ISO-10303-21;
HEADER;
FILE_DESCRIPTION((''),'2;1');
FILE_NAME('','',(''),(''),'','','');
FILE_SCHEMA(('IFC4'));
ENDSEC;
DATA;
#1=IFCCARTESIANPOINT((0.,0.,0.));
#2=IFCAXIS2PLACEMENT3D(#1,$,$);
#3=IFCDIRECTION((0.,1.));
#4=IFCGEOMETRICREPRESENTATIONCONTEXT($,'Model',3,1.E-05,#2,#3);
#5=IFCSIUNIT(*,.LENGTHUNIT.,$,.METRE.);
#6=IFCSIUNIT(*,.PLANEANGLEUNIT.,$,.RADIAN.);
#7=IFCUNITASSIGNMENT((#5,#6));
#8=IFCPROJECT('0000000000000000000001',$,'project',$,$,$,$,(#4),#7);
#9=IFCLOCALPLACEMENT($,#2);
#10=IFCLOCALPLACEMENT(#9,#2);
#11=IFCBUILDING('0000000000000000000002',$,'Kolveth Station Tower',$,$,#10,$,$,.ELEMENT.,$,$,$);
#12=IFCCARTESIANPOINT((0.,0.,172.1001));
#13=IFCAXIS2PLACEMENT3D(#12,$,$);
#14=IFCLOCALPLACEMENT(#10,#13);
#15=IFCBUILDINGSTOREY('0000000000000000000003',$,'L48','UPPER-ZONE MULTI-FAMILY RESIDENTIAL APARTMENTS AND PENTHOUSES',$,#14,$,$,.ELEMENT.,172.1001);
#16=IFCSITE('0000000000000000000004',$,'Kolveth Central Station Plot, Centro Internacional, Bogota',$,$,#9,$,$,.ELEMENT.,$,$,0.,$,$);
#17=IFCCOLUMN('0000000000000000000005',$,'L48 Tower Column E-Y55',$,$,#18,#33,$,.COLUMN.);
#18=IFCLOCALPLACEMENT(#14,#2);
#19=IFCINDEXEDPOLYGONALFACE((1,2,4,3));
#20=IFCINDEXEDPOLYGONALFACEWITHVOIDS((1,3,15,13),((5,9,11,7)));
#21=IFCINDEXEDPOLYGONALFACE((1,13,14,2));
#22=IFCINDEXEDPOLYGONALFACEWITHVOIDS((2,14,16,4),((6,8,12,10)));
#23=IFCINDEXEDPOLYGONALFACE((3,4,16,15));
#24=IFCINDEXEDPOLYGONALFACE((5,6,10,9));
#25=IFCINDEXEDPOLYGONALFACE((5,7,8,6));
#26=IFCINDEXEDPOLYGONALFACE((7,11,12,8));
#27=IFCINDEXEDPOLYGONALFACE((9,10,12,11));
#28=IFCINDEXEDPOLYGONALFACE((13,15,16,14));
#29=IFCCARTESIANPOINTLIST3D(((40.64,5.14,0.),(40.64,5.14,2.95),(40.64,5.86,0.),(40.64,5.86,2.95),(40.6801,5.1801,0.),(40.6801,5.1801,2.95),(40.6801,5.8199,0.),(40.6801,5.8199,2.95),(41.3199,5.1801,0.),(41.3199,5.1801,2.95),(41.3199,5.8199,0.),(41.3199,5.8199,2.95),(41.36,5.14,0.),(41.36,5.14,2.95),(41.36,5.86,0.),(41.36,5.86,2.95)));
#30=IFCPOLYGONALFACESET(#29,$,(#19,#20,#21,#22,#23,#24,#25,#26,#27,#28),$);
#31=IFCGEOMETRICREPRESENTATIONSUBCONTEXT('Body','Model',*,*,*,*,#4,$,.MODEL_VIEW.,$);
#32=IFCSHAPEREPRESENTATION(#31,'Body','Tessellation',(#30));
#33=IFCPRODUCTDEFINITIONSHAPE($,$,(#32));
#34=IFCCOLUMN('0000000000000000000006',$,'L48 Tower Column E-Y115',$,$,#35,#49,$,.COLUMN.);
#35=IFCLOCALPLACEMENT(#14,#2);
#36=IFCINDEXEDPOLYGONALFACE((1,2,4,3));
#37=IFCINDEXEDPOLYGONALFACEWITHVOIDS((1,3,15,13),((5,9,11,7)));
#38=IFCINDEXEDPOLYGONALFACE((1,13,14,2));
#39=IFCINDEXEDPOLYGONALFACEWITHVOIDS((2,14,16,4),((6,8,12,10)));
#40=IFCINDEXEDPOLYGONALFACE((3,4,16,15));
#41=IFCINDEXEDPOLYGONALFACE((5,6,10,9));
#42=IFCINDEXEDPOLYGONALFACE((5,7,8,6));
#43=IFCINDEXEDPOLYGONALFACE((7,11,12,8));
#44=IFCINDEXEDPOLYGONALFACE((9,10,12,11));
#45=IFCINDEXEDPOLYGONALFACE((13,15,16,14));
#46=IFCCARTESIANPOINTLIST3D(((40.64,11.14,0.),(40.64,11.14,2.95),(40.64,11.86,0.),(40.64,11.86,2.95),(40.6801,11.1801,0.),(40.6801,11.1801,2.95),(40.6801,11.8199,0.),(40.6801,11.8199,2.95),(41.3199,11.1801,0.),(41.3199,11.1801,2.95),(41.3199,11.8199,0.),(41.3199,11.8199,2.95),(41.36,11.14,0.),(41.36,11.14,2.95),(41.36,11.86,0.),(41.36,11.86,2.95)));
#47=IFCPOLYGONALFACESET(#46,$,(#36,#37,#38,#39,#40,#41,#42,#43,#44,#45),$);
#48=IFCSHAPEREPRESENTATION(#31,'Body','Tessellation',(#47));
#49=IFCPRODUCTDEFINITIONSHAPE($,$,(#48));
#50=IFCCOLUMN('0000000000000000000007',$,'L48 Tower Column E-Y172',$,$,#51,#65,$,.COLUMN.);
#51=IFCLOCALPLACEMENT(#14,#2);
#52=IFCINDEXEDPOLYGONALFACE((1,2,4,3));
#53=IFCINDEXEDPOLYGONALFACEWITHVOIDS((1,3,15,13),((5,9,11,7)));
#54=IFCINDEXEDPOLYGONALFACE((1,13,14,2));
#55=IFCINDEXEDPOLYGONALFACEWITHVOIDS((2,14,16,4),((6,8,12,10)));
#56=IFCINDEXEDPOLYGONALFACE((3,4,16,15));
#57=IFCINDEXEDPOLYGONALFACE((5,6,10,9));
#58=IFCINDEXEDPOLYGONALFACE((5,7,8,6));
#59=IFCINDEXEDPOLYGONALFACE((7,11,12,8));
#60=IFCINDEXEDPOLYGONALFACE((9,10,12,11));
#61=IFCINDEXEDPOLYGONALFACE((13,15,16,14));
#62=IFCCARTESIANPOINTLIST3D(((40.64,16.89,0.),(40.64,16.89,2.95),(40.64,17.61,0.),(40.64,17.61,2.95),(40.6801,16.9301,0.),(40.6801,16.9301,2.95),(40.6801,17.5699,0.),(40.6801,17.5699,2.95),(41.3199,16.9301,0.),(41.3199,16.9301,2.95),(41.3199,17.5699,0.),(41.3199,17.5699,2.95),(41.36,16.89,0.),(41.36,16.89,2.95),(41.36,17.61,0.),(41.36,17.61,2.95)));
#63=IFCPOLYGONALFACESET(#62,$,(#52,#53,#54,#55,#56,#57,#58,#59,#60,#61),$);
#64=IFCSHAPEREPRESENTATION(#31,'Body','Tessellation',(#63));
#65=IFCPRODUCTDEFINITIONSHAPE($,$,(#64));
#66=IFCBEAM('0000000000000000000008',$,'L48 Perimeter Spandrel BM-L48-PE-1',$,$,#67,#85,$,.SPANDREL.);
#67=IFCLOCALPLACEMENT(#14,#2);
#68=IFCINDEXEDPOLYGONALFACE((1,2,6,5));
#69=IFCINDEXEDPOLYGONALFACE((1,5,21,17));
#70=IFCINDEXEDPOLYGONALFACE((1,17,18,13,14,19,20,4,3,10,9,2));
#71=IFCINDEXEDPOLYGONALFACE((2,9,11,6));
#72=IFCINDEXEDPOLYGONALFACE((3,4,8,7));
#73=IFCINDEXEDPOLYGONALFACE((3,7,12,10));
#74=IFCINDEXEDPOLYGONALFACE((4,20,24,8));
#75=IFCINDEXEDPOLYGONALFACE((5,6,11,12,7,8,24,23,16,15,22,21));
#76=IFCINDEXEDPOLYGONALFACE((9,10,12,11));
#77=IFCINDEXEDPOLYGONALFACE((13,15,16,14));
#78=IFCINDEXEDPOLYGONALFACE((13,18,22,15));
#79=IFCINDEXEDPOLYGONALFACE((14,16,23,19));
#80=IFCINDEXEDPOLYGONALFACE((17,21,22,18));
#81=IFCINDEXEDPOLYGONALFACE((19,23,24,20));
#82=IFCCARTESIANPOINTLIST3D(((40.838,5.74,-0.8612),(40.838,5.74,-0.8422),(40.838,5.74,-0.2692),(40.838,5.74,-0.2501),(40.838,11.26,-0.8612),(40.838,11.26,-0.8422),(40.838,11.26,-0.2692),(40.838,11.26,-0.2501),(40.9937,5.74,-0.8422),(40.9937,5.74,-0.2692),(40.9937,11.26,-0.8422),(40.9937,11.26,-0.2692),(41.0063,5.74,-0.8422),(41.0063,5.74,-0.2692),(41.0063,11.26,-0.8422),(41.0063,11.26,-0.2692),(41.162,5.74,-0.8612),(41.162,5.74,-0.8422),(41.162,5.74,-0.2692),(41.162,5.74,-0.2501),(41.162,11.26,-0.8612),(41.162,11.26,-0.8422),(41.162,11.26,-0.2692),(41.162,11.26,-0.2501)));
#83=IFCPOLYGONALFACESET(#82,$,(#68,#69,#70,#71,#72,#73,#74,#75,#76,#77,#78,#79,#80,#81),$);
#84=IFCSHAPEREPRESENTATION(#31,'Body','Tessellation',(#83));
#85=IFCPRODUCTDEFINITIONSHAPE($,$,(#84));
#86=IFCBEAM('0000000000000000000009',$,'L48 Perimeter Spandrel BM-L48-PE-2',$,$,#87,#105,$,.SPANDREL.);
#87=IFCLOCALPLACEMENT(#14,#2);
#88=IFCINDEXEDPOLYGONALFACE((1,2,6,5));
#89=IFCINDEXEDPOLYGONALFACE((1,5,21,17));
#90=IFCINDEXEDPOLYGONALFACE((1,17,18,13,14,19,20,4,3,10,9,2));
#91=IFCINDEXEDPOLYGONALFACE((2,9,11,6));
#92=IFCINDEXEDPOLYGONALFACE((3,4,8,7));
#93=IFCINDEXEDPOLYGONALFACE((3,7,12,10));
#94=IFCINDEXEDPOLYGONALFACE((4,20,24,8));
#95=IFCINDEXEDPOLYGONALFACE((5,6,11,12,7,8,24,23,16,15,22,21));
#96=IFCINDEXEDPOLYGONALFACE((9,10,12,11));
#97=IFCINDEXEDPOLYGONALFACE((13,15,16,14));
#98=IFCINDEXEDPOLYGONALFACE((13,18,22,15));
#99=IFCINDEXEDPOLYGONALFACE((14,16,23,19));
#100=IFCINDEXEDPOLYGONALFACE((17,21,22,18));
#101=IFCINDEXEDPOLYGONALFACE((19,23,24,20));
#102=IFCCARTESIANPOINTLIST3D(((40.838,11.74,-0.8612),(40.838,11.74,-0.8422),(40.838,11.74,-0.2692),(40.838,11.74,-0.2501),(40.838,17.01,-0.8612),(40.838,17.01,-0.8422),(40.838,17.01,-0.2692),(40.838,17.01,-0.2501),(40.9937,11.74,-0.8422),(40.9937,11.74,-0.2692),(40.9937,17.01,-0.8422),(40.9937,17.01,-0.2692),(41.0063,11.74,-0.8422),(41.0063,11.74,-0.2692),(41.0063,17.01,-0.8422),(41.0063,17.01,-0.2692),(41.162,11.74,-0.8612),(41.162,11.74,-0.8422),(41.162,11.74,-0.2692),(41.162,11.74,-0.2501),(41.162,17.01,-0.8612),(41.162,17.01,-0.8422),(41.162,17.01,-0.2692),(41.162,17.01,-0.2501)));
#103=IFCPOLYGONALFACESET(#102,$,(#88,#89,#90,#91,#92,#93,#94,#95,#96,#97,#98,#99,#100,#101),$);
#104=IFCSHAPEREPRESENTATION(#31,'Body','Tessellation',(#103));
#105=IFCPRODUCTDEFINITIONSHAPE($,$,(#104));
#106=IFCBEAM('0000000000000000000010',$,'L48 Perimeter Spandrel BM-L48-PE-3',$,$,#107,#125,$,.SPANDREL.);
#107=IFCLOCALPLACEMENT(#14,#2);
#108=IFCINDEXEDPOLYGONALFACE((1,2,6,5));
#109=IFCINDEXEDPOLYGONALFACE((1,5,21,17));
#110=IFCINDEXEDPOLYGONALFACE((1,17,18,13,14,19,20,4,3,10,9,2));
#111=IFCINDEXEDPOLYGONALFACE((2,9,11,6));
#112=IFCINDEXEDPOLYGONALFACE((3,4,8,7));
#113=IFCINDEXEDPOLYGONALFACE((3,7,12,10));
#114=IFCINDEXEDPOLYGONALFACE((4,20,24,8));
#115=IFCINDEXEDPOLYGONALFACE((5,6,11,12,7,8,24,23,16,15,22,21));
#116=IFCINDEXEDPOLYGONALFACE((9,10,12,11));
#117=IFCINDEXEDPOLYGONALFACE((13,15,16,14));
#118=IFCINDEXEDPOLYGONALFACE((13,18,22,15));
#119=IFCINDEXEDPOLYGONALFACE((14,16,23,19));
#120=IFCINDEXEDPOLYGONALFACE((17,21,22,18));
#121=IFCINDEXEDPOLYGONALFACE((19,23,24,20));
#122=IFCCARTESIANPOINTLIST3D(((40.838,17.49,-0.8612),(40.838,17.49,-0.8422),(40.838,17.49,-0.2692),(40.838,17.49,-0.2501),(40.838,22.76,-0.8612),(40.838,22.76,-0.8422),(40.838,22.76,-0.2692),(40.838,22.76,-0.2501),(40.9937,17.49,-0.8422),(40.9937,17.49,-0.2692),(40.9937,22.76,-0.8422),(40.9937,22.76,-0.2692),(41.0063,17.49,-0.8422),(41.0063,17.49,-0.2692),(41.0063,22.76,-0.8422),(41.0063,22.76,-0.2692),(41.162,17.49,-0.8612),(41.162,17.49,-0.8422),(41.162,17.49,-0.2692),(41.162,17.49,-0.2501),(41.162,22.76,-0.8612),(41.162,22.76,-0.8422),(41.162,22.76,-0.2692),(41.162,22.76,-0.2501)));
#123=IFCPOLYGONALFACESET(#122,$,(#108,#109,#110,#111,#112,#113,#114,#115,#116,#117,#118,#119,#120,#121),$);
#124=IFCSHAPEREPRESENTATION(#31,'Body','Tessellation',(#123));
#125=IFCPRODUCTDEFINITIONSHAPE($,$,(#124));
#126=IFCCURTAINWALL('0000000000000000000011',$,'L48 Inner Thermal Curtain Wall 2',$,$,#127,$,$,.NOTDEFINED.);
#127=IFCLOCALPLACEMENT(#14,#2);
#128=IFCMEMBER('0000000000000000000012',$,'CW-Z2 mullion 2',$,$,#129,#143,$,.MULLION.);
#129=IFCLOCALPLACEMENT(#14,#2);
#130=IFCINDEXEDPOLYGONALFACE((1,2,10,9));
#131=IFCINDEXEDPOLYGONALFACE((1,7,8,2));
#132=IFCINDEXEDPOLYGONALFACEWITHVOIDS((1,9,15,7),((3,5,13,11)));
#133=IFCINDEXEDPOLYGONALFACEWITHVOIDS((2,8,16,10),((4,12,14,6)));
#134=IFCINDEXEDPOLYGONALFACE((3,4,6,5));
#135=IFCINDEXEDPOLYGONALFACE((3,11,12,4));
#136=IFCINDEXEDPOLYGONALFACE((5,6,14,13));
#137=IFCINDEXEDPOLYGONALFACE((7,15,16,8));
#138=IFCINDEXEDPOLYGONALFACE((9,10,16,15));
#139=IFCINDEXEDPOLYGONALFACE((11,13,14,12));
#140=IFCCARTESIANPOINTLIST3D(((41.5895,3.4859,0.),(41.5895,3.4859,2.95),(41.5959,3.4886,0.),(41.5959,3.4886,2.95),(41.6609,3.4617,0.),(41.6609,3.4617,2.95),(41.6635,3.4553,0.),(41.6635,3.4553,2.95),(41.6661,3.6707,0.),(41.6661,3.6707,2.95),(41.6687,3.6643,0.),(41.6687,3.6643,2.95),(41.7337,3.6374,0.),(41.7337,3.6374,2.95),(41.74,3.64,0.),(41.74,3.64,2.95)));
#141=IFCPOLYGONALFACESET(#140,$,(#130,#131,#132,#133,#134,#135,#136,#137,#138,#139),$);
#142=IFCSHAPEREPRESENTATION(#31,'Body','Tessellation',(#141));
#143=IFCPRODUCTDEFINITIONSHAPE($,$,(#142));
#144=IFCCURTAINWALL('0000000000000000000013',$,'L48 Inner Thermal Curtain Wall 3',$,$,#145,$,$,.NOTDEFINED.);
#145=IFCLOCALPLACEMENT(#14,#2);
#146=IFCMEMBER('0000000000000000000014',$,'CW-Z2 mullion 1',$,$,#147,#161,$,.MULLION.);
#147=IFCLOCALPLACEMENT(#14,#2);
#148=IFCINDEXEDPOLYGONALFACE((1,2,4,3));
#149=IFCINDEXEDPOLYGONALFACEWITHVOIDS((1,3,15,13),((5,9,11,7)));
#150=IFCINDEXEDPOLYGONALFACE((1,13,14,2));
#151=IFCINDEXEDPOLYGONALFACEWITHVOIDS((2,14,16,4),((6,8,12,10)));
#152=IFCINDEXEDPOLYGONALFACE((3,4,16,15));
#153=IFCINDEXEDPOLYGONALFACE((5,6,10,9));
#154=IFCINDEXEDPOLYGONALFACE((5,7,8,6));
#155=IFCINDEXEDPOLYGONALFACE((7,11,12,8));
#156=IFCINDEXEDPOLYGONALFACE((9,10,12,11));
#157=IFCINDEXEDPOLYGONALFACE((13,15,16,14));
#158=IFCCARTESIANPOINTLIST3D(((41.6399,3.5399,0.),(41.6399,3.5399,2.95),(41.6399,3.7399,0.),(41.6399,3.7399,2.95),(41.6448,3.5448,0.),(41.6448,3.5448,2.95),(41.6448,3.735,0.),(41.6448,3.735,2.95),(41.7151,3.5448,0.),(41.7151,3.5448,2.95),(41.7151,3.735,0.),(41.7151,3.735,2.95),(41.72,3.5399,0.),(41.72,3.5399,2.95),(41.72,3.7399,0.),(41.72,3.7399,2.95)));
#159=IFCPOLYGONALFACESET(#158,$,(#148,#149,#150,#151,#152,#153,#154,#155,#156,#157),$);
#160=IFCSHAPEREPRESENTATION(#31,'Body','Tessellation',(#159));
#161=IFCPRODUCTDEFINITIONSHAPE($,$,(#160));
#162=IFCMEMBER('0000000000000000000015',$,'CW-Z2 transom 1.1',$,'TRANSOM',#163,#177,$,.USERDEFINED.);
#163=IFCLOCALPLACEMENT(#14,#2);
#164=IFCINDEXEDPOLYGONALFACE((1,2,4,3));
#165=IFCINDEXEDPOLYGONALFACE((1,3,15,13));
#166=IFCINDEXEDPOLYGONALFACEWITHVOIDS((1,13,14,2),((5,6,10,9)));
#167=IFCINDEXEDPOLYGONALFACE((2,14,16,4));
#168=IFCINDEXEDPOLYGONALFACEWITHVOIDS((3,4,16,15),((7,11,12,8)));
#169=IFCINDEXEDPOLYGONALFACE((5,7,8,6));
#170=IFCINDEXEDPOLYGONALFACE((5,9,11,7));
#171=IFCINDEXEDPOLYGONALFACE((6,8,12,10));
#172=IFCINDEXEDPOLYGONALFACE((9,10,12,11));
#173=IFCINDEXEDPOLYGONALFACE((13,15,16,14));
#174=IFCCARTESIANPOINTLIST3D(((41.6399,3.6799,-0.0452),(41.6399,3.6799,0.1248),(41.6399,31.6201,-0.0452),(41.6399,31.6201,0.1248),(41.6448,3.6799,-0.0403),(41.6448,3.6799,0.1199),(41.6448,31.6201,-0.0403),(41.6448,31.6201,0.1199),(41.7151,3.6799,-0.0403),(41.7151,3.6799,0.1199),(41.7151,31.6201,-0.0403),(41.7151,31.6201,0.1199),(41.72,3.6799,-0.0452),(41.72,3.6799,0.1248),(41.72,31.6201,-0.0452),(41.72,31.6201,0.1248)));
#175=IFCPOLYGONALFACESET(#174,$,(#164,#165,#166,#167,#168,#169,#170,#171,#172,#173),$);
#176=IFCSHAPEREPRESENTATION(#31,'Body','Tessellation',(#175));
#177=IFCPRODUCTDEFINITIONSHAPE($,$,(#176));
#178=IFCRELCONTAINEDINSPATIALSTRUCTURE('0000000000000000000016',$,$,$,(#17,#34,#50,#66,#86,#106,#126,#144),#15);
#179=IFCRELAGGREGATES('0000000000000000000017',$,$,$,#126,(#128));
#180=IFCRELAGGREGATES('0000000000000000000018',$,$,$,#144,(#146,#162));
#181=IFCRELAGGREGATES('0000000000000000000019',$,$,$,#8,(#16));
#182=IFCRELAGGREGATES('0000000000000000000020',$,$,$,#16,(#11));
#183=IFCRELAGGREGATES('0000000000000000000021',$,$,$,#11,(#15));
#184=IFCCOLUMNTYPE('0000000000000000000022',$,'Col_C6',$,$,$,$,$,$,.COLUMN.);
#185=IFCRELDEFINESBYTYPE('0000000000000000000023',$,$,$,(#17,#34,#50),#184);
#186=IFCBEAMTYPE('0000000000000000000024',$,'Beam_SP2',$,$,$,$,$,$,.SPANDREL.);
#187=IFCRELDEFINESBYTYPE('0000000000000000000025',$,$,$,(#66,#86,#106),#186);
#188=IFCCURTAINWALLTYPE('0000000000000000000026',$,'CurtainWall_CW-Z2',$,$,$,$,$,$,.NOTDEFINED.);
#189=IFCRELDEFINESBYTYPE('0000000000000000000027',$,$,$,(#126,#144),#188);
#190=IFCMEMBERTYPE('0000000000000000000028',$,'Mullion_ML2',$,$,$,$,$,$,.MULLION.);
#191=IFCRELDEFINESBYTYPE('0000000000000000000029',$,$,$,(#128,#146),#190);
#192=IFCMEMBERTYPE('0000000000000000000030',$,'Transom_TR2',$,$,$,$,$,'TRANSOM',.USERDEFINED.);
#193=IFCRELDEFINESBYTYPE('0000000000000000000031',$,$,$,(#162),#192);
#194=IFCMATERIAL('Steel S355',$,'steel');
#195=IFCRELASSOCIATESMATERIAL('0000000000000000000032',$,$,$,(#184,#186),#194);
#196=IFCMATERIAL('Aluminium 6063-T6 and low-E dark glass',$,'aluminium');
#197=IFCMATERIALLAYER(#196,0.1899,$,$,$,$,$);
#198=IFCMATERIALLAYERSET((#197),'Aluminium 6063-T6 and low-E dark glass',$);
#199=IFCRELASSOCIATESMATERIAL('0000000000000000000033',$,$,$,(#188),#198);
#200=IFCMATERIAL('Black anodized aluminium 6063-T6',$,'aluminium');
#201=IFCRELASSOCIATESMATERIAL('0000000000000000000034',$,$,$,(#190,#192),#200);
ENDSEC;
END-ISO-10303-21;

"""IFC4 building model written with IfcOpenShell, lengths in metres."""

from ifc_helpers import new_model, si_unit, direction, frame, origin, origin_2d, place, context, subcontext, project, spatial, hollow_rectangle, i_section, extrude, source, transform, mapped, material, layer, layer_set, material_profile, profile_set, type_object, element, aggregate, save


model = new_model("IFC4")

# Units and contexts
model_context = context("Model", 3, precision=1e-05, world=origin(), true_north=direction((0.0, 1.0)))
body_context = subcontext(model_context, "Body", "Model", "MODEL_VIEW")
ifc_project = project(units=[si_unit("LENGTHUNIT", "METRE"), si_unit("PLANEANGLEUNIT", "RADIAN")], contexts=[model_context])

# Site, building, storey
site_placement = place(None, origin())
site = spatial("IfcSite", under=ifc_project, at=site_placement, Name="Kolveth Central Station Plot, Centro Internacional, Bogota", CompositionType="ELEMENT", RefElevation=0.0)
building_placement = place(site_placement, origin())
building = spatial("IfcBuilding", under=site, at=building_placement, Name="Kolveth Station Tower", CompositionType="ELEMENT")
storey_placement = place(building_placement, frame((0.0, 0.0, 172.1001)))
storey = spatial("IfcBuildingStorey", under=building, at=storey_placement, Name="L48", Description="UPPER-ZONE MULTI-FAMILY RESIDENTIAL APARTMENTS AND PENTHOUSES", CompositionType="ELEMENT", Elevation=172.1001)

# Columns
ifc_material_1 = material(Name="Steel S355", Category="steel")
ifc_material_profile_1 = material_profile(ifc_material_1, hollow_rectangle(XDim=0.72, YDim=0.72, WallThickness=0.04, at=origin_2d()), Name="BOX720x720x40")
ifc_profile_set_1 = profile_set([ifc_material_profile_1], Name="Steel S355")
column_type = type_object("IfcColumnType", Name="Col_C6", PredefinedType="COLUMN", material=ifc_profile_set_1)
shared_shape_1 = source(origin(), body_context, "Body", "SweptSolid", [
    extrude(hollow_rectangle(XDim=0.72, YDim=0.72, WallThickness=0.04, at=origin_2d()), origin(), (0.0, 0.0, 1.0), 2.95),
])
for number, where, z_axis, x_axis, name in (
    (1, (41.0, 5.5, 0.0), (0.0, 0.0, 1.0), (1.0, 0.0, 0.0), "L48 Tower Column E-Y55"),
    (2, (41.0, 11.5, 0.0), (0.0, 0.0, 1.0), (1.0, 0.0, 0.0), "L48 Tower Column E-Y115"),
    (3, (41.0, 17.25, 0.0), (0.0, 0.0, 1.0), (1.0, 0.0, 0.0), "L48 Tower Column E-Y172"),
):
    element("IfcColumn", number, at=place(storey_placement, frame(where, z_axis=z_axis, x_axis=x_axis)), inside=storey, type_object=column_type, Name=name, PredefinedType="COLUMN", context=body_context, shape_type="MappedRepresentation", body=[
        mapped(shared_shape_1, transform((0.0, 0.0, 0.0), x_axis=(1.0, 0.0, 0.0), y_axis=(0.0, 1.0, 0.0), z_axis=(0.0, 0.0, 1.0), scale=1.0)),
    ])

# Beams
ifc_material_profile_2 = material_profile(ifc_material_1, i_section(OverallWidth=0.324, OverallDepth=0.6111, WebThickness=0.0127, FlangeThickness=0.019, at=origin_2d()), Name="W610x155")
ifc_profile_set_2 = profile_set([ifc_material_profile_2], Name="Steel S355")
beam_type = type_object("IfcBeamType", Name="Beam_SP2", PredefinedType="SPANDREL", material=ifc_profile_set_2)
shared_shape_2 = source(origin(), body_context, "Body", "SweptSolid", [
    extrude(i_section(OverallWidth=0.324, OverallDepth=0.6111, WebThickness=0.0127, FlangeThickness=0.019, at=origin_2d()), origin(), (0.0, 0.0, 1.0), 5.52),
])
beam_placement = place(storey_placement, frame((41.0, 5.74, -0.5557), z_axis=(0.0, 1.0, 0.0), x_axis=(-1.0, 0.0, 0.0)))
element("IfcBeam", 4, at=beam_placement, inside=storey, type_object=beam_type, Name="L48 Perimeter Spandrel BM-L48-PE-1", PredefinedType="SPANDREL", context=body_context, shape_type="MappedRepresentation", body=[
    mapped(shared_shape_2, transform((0.0, 0.0, 0.0), x_axis=(1.0, 0.0, 0.0), y_axis=(0.0, 1.0, 0.0), z_axis=(0.0, 0.0, 1.0), scale=1.0)),
])
shared_shape_3 = source(origin(), body_context, "Body", "SweptSolid", [
    extrude(i_section(OverallWidth=0.324, OverallDepth=0.6111, WebThickness=0.0127, FlangeThickness=0.019, at=origin_2d()), origin(), (0.0, 0.0, 1.0), 5.27),
])
for number, where, z_axis, x_axis, name in (
    (5, (41.0, 11.74, -0.5557), (0.0, 1.0, 0.0), (-1.0, 0.0, 0.0), "L48 Perimeter Spandrel BM-L48-PE-2"),
    (6, (41.0, 17.49, -0.5557), (0.0, 1.0, 0.0), (-1.0, 0.0, 0.0), "L48 Perimeter Spandrel BM-L48-PE-3"),
):
    element("IfcBeam", number, at=place(storey_placement, frame(where, z_axis=z_axis, x_axis=x_axis)), inside=storey, type_object=beam_type, Name=name, PredefinedType="SPANDREL", context=body_context, shape_type="MappedRepresentation", body=[
        mapped(shared_shape_3, transform((0.0, 0.0, 0.0), x_axis=(1.0, 0.0, 0.0), y_axis=(0.0, 1.0, 0.0), z_axis=(0.0, 0.0, 1.0), scale=1.0)),
    ])

# Curtain wall, member
ifc_material_2 = material(Name="Aluminium 6063-T6 and low-E dark glass", Category="aluminium")
ifc_layer_1 = layer(ifc_material_2, 0.1899)
ifc_layer_set_1 = layer_set([ifc_layer_1], Name="Aluminium 6063-T6 and low-E dark glass")
curtain_wall_type_1 = type_object("IfcCurtainWallType", Name="CurtainWall_CW-Z2", PredefinedType="NOTDEFINED", material=ifc_layer_set_1)
curtain_wall_1_placement = place(storey_placement, origin())
curtain_wall_1 = element("IfcCurtainWall", 7, at=curtain_wall_1_placement, inside=storey, type_object=curtain_wall_type_1, Name="L48 Inner Thermal Curtain Wall 2", PredefinedType="NOTDEFINED")
ifc_material_3 = material(Name="Black anodized aluminium 6063-T6", Category="aluminium")
ifc_material_profile_3 = material_profile(ifc_material_3, hollow_rectangle(XDim=0.0801, YDim=0.2, WallThickness=0.0049, at=origin_2d()), Name="ALU-80x200x5")
ifc_profile_set_3 = profile_set([ifc_material_profile_3], Name="Black anodized aluminium 6063-T6")
member_type_1 = type_object("IfcMemberType", Name="Mullion_ML2", PredefinedType="MULLION", material=ifc_profile_set_3)
shared_shape_4 = source(origin(), body_context, "Body", "SweptSolid", [
    extrude(hollow_rectangle(XDim=0.0801, YDim=0.2, WallThickness=0.0049, at=origin_2d()), origin(), (0.0, 0.0, 1.0), 2.95),
])
member_1_placement = place(storey_placement, frame((41.6648, 3.563, 0.0), z_axis=(0.0, 0.0, 1.0), x_axis=(-0.923874, 0.382698, 0.0)))
member_1 = element("IfcMember", 8, at=member_1_placement, type_object=member_type_1, Name="CW-Z2 mullion 2", PredefinedType="MULLION", context=body_context, shape_type="MappedRepresentation", body=[
    mapped(shared_shape_4, transform((0.0, 0.0, 0.0), x_axis=(1.0, 0.0, 0.0), y_axis=(0.0, 1.0, 0.0), z_axis=(0.0, 0.0, 1.0), scale=1.0)),
])

# Curtain wall, members
curtain_wall_2_placement = place(storey_placement, origin())
curtain_wall_2 = element("IfcCurtainWall", 9, at=curtain_wall_2_placement, inside=storey, type_object=curtain_wall_type_1, Name="L48 Inner Thermal Curtain Wall 3", PredefinedType="NOTDEFINED")
member_2_placement = place(storey_placement, frame((41.6799, 3.6399, 0.0), z_axis=(0.0, 0.0, 1.0), x_axis=(-1.0, 0.0, 0.0)))
member_2 = element("IfcMember", 10, at=member_2_placement, type_object=member_type_1, Name="CW-Z2 mullion 1", PredefinedType="MULLION", context=body_context, shape_type="MappedRepresentation", body=[
    mapped(shared_shape_4, transform((0.0, 0.0, 0.0), x_axis=(1.0, 0.0, 0.0), y_axis=(0.0, 1.0, 0.0), z_axis=(0.0, 0.0, 1.0), scale=1.0)),
])
ifc_material_profile_4 = material_profile(ifc_material_3, hollow_rectangle(XDim=0.0801, YDim=0.1699, WallThickness=0.0049, at=origin_2d()), Name="ALU-80x170x5")
ifc_profile_set_4 = profile_set([ifc_material_profile_4], Name="Black anodized aluminium 6063-T6")
member_type_2 = type_object("IfcMemberType", Name="Transom_TR2", ElementType="TRANSOM", PredefinedType="USERDEFINED", material=ifc_profile_set_4)
shared_shape_5 = source(origin(), body_context, "Body", "SweptSolid", [
    extrude(hollow_rectangle(XDim=0.0801, YDim=0.1699, WallThickness=0.0049, at=origin_2d()), origin(), (0.0, 0.0, 1.0), 27.9402),
])
member_3_placement = place(storey_placement, frame((41.6799, 3.6799, 0.0398), z_axis=(0.0, 1.0, 0.0), x_axis=(-1.0, 0.0, 0.0)))
member_3 = element("IfcMember", 11, at=member_3_placement, type_object=member_type_2, Name="CW-Z2 transom 1.1", ObjectType="TRANSOM", PredefinedType="USERDEFINED", context=body_context, shape_type="MappedRepresentation", body=[
    mapped(shared_shape_5, transform((0.0, 0.0, 0.0), x_axis=(1.0, 0.0, 0.0), y_axis=(0.0, 1.0, 0.0), z_axis=(0.0, 0.0, 1.0), scale=1.0)),
])

aggregate(curtain_wall_1, [member_1])
aggregate(curtain_wall_2, [member_2, member_3])

save(model, "model.ifc")
